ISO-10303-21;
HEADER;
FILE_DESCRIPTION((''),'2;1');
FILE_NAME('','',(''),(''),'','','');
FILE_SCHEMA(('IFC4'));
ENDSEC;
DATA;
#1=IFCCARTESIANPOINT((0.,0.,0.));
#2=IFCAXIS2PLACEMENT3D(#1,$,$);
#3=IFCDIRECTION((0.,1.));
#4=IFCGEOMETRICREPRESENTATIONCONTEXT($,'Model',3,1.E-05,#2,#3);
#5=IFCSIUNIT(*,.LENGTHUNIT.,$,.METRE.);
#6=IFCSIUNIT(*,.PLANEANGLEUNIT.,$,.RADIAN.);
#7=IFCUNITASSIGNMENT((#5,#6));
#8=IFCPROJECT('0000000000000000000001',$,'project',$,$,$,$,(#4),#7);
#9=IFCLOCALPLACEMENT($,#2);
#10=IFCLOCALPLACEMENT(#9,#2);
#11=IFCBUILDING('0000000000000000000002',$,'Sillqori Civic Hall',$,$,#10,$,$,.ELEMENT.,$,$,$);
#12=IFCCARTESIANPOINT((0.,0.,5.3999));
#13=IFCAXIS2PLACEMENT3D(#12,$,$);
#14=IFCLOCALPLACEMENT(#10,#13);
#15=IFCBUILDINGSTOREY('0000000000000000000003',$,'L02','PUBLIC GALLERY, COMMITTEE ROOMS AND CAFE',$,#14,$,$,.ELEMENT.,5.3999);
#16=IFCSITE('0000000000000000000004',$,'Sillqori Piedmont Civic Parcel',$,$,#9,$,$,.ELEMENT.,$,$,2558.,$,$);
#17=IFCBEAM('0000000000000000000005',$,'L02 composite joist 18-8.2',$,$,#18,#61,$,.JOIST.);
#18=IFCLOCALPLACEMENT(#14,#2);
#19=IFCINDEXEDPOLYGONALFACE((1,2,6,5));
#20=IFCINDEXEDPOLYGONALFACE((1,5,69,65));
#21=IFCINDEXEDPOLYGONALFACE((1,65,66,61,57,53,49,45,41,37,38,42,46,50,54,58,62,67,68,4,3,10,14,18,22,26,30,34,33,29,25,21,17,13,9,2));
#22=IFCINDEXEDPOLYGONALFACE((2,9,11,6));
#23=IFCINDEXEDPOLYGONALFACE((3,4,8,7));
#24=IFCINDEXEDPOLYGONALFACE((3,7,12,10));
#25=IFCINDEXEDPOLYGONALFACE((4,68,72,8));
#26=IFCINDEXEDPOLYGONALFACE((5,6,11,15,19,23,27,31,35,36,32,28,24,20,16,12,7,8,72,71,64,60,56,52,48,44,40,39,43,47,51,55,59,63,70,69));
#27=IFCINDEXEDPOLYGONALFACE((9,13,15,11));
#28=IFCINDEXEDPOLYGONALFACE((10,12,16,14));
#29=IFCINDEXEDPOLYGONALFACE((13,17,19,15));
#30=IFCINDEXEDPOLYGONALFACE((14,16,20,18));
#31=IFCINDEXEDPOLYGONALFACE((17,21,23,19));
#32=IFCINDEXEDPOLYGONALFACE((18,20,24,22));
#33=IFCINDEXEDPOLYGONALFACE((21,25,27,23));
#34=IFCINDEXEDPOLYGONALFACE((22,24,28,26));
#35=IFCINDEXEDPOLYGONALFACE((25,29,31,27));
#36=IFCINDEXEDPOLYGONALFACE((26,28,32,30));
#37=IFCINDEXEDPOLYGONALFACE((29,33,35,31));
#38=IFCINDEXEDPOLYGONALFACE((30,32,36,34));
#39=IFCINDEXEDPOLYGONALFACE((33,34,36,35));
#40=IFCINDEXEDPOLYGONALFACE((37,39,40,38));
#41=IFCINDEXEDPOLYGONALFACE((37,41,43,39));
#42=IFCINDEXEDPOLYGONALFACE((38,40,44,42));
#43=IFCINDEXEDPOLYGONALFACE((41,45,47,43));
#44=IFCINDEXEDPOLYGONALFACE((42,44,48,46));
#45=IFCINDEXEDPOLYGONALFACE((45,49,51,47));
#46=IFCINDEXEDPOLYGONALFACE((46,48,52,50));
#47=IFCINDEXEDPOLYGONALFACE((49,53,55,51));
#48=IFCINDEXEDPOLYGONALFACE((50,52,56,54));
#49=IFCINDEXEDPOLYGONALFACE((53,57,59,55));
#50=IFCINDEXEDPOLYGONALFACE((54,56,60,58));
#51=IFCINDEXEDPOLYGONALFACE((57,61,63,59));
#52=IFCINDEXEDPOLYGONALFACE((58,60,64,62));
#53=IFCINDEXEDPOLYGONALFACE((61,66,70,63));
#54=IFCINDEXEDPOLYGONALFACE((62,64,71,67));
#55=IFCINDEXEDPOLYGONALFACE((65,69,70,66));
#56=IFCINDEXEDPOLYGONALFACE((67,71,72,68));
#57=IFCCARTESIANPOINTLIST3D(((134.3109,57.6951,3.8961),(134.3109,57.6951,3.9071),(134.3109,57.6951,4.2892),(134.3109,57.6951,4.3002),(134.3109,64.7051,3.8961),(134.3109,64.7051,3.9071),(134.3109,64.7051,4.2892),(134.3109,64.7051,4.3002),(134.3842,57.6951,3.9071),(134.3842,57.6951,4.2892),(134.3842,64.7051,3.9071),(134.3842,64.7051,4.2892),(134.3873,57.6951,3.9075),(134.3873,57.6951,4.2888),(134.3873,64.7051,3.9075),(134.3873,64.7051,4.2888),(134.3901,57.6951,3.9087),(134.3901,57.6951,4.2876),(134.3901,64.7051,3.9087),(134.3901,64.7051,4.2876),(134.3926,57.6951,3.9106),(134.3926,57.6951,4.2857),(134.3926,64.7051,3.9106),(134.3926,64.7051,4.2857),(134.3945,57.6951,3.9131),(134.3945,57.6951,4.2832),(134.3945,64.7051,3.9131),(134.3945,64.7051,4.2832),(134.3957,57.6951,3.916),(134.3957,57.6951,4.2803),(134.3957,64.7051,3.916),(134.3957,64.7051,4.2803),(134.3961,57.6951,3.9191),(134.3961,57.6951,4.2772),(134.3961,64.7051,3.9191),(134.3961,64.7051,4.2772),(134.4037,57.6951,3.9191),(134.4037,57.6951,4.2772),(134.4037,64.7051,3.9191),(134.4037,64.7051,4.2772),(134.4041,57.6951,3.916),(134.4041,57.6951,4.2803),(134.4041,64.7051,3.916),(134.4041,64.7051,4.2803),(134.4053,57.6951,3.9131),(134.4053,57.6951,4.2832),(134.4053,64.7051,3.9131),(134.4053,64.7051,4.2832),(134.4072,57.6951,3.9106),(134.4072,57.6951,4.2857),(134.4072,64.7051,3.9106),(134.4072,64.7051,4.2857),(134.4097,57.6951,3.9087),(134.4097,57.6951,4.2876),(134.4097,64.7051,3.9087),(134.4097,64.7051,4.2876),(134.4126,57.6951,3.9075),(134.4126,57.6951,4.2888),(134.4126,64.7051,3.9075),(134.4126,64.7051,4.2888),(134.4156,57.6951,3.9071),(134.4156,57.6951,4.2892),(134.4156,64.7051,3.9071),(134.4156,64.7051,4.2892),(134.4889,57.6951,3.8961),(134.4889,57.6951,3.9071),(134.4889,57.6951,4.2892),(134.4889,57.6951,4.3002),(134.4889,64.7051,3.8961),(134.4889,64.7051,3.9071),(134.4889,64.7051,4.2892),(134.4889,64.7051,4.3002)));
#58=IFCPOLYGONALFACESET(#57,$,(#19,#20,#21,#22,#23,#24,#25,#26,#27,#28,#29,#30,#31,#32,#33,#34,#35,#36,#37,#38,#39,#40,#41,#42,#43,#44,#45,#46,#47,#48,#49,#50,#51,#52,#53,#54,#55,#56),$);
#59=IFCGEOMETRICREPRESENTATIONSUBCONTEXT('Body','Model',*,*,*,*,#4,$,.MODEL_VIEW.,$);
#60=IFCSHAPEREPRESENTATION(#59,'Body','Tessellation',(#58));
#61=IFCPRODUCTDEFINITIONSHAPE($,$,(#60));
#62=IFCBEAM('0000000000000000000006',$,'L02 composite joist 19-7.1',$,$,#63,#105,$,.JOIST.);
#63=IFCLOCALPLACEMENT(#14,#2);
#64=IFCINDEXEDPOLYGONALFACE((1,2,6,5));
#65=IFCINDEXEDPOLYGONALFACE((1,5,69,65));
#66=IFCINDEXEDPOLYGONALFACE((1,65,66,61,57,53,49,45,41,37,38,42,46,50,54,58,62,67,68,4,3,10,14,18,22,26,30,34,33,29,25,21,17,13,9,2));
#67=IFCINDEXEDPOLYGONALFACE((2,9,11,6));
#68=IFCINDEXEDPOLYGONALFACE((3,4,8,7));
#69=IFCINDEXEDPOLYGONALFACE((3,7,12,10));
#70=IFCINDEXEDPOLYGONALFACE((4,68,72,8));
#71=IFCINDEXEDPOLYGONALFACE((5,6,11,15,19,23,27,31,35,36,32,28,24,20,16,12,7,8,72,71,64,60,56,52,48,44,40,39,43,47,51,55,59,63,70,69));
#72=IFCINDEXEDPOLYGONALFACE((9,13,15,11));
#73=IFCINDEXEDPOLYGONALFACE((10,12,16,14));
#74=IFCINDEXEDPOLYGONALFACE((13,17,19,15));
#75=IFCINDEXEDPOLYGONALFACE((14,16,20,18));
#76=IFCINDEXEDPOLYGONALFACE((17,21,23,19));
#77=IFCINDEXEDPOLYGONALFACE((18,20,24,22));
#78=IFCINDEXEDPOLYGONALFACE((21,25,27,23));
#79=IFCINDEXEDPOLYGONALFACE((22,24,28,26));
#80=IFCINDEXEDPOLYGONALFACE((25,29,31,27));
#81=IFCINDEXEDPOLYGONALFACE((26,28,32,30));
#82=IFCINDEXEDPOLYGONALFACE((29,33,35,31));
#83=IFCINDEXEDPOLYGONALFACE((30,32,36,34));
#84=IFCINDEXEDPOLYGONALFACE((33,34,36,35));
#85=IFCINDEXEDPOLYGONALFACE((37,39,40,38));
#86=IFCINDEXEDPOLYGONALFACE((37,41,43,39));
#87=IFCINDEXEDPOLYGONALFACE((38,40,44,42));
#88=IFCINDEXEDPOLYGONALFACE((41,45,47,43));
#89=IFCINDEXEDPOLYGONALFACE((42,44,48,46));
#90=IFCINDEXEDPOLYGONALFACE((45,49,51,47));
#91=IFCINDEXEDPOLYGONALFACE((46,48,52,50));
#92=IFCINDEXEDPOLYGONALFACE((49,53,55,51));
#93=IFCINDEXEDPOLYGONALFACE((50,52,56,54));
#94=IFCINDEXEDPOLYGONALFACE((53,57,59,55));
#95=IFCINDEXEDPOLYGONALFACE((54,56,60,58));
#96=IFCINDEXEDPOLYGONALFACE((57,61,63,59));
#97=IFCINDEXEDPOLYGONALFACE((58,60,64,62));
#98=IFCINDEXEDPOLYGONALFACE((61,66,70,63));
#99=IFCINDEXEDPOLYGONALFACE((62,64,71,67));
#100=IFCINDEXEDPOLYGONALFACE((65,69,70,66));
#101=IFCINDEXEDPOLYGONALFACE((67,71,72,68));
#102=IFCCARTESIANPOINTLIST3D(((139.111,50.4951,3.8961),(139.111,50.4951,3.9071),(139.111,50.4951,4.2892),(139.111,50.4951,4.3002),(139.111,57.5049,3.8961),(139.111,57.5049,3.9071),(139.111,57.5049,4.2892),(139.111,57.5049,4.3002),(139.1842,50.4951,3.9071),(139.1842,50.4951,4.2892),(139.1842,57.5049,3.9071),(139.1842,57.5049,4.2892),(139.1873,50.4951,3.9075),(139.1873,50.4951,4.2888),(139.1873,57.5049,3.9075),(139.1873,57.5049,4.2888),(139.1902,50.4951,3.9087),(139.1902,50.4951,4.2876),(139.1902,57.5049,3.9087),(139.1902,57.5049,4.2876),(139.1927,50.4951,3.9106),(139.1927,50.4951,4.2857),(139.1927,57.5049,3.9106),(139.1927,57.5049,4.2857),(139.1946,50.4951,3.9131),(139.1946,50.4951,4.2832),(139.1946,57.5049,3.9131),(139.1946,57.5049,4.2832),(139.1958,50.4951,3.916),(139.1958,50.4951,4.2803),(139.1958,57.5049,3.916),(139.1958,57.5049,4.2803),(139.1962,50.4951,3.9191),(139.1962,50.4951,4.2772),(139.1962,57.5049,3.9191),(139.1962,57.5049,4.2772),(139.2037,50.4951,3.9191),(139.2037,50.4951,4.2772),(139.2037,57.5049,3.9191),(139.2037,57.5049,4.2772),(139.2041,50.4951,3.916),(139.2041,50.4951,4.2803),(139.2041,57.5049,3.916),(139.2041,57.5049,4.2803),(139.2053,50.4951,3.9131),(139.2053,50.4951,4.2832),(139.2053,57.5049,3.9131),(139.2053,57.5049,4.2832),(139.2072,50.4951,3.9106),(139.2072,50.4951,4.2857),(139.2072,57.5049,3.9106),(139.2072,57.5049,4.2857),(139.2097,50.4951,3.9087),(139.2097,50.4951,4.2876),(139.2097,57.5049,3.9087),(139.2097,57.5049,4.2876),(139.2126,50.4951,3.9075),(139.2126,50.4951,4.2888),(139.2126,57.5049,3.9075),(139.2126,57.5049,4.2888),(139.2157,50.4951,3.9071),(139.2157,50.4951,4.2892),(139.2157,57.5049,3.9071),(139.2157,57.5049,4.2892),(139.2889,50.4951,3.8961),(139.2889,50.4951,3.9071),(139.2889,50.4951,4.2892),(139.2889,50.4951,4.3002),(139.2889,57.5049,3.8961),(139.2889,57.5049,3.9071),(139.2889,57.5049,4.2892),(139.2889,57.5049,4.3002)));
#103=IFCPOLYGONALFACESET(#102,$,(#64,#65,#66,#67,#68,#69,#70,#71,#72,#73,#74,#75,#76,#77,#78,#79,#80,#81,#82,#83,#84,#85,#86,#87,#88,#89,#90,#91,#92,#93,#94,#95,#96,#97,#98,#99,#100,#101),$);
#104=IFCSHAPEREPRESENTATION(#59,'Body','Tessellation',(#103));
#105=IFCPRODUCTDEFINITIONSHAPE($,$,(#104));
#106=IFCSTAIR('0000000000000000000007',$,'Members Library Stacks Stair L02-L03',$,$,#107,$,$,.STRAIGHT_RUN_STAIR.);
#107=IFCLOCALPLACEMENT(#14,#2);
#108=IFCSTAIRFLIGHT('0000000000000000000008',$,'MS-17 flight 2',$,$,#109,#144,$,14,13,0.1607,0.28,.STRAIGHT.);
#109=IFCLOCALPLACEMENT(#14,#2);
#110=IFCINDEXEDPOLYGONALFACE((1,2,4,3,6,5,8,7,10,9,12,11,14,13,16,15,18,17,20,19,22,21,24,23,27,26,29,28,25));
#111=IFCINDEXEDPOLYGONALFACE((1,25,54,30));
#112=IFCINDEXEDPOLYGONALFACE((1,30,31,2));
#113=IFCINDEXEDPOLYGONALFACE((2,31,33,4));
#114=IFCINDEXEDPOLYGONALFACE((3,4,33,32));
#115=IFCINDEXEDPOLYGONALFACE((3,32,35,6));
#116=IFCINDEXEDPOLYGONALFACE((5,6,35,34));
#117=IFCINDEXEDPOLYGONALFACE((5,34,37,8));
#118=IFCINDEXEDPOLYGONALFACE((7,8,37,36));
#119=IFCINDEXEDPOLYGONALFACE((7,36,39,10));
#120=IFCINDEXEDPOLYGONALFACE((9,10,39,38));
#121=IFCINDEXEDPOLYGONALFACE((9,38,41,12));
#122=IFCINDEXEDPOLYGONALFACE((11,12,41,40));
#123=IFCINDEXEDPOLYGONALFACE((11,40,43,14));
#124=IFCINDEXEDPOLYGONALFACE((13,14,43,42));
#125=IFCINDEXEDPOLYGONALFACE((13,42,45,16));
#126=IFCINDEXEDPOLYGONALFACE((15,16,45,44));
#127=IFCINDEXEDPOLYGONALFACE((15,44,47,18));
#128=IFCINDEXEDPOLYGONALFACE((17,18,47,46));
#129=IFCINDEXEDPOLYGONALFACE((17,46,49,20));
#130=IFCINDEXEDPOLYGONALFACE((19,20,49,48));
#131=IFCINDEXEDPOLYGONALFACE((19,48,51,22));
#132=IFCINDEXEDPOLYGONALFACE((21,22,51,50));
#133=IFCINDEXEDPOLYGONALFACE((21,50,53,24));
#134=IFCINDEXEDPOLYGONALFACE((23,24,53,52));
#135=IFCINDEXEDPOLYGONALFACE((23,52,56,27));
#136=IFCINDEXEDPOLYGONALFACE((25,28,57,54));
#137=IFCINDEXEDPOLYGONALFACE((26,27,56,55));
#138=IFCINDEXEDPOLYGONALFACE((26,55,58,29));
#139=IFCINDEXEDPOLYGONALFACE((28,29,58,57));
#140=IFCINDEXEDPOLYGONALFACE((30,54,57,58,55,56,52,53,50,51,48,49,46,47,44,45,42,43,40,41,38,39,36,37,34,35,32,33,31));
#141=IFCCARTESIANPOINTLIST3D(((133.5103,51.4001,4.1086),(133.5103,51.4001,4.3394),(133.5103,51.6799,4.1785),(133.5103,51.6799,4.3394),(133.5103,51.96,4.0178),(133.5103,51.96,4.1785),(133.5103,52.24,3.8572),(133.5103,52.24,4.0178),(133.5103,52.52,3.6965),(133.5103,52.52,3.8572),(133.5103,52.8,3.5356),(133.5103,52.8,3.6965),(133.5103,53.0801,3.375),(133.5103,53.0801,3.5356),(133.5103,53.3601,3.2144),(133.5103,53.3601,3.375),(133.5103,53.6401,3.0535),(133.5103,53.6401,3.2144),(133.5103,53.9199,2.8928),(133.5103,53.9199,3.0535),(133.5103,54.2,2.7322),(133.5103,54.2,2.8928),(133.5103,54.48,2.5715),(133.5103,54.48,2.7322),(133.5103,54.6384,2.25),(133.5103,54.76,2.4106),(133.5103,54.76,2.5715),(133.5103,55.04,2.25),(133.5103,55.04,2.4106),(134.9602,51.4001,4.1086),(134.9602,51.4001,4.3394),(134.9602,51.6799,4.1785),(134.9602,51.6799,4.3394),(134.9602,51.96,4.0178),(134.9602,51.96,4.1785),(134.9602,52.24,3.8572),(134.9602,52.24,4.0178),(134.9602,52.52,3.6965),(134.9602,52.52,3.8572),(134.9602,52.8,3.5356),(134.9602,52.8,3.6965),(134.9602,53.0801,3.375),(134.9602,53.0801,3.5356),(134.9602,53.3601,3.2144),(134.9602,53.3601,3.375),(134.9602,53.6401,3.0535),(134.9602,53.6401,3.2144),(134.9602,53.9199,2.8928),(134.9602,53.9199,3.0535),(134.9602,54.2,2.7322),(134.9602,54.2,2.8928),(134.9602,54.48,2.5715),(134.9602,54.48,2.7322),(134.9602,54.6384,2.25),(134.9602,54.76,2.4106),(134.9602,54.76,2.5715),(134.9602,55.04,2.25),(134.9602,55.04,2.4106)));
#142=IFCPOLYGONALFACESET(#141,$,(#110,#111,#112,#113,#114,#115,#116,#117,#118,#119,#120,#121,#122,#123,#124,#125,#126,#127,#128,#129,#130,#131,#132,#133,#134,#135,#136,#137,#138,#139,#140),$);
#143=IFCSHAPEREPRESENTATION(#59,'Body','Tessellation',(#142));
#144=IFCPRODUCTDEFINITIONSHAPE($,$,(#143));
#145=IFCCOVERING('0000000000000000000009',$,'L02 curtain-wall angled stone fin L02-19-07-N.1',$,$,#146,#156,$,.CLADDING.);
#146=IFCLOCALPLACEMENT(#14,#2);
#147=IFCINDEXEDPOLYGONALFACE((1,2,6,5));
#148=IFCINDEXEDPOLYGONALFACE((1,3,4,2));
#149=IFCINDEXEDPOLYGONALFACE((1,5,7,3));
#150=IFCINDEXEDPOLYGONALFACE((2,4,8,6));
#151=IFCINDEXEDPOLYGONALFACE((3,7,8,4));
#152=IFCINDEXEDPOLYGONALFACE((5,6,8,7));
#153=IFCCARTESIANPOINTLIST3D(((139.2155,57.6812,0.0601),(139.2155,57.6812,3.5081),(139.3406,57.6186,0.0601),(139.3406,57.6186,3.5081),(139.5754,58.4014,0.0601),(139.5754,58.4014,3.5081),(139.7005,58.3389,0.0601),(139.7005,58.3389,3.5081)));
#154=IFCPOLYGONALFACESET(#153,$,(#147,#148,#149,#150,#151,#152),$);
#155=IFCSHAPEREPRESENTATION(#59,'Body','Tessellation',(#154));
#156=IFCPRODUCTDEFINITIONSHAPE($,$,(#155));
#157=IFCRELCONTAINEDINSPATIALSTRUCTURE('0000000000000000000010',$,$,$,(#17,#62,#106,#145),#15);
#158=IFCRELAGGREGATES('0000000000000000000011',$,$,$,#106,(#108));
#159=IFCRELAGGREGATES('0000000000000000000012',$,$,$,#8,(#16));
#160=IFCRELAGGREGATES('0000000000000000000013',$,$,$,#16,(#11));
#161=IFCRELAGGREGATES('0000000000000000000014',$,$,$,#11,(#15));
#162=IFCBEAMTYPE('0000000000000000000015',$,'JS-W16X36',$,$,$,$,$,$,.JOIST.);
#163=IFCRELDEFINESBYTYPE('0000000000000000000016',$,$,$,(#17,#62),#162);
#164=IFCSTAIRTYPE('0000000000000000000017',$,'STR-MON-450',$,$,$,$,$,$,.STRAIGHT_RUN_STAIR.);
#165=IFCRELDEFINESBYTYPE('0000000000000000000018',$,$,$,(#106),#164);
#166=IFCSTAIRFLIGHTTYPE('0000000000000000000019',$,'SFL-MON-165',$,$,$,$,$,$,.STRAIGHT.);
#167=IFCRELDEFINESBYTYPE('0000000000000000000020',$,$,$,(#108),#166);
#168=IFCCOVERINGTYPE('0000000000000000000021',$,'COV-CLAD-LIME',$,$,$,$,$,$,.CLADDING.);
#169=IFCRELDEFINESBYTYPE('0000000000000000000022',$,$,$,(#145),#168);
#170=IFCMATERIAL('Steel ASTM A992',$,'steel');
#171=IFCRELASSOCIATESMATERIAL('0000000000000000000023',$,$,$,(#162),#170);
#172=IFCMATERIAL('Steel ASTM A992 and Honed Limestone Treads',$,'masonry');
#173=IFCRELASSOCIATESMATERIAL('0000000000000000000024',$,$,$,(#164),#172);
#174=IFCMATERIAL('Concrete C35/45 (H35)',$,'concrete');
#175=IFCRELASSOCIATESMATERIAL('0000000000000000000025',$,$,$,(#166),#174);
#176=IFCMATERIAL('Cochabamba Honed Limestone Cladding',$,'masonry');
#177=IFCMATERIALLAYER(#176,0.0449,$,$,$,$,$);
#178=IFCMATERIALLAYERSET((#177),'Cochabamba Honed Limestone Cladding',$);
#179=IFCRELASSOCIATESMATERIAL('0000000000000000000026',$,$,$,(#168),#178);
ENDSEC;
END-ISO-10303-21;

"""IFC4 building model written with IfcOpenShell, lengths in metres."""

from ifc_helpers import new_model, si_unit, direction, frame, frame_2d, origin, origin_2d, place, context, subcontext, project, spatial, polyline, rectangle, i_section, outline, extrude, material, layer, layer_set, material_profile, profile_set, type_object, element, aggregate, save


model = new_model("IFC4")

# Units and contexts
model_context = context("Model", 3, precision=1e-05, world=origin(), true_north=direction((0.0, 1.0)))
body_context = subcontext(model_context, "Body", "Model", "MODEL_VIEW")
ifc_project = project(units=[si_unit("LENGTHUNIT", "METRE"), si_unit("PLANEANGLEUNIT", "RADIAN")], contexts=[model_context])

# Site, building, storey
site_placement = place(None, origin())
site = spatial("IfcSite", under=ifc_project, at=site_placement, Name="Sillqori Piedmont Civic Parcel", CompositionType="ELEMENT", RefElevation=2558.0)
building_placement = place(site_placement, origin())
building = spatial("IfcBuilding", under=site, at=building_placement, Name="Sillqori Civic Hall", CompositionType="ELEMENT")
storey_placement = place(building_placement, frame((0.0, 0.0, 5.3999)))
storey = spatial("IfcBuildingStorey", under=building, at=storey_placement, Name="L02", Description="PUBLIC GALLERY, COMMITTEE ROOMS AND CAFE", CompositionType="ELEMENT", Elevation=5.3999)

# Shared definitions
ifc_material_1 = material(Name="Concrete C35/45 (H35)", Category="concrete")

# Beams
ifc_material_2 = material(Name="Steel ASTM A992", Category="steel")
ifc_material_profile_1 = material_profile(ifc_material_2, i_section(OverallWidth=0.178, OverallDepth=0.4041, WebThickness=0.0076, FlangeThickness=0.011, FilletRadius=0.012, at=origin_2d()), Name="W16X36")
ifc_profile_set_1 = profile_set([ifc_material_profile_1], Name="Steel ASTM A992")
beam_type_1 = type_object("IfcBeamType", Name="JS-W16X36", PredefinedType="JOIST", material=ifc_profile_set_1)
beam_1_placement = place(storey_placement, frame((134.3999, 57.6951, 4.0981), z_axis=(0.0, 1.0, 0.0), x_axis=(-1.0, 0.0, 0.0)))
element("IfcBeam", 1, at=beam_1_placement, inside=storey, type_object=beam_type_1, Name="L02 composite joist 18-8.2", PredefinedType="JOIST", context=body_context, shape_type="SweptSolid", body=[
    extrude(i_section(OverallWidth=0.178, OverallDepth=0.4041, WebThickness=0.0076, FlangeThickness=0.011, FilletRadius=0.012, at=origin_2d()), origin(), (0.0, 0.0, 1.0), 7.01),
])
beam_2_placement = place(storey_placement, frame((139.2, 50.4951, 4.0981), z_axis=(0.0, 1.0, 0.0), x_axis=(-1.0, 0.0, 0.0)))
element("IfcBeam", 2, at=beam_2_placement, inside=storey, type_object=beam_type_1, Name="L02 composite joist 19-7.1", PredefinedType="JOIST", context=body_context, shape_type="SweptSolid", body=[
    extrude(i_section(OverallWidth=0.178, OverallDepth=0.4041, WebThickness=0.0076, FlangeThickness=0.011, FilletRadius=0.012, at=origin_2d()), origin(), (0.0, 0.0, 1.0), 7.0098),
])

# Stair, stair flight
ifc_material_3 = material(Name="Steel ASTM A992 and Honed Limestone Treads", Category="masonry")
stair_type = type_object("IfcStairType", Name="STR-MON-450", PredefinedType="STRAIGHT_RUN_STAIR", material=ifc_material_3)
stair_placement = place(storey_placement, origin())
stair = element("IfcStair", 3, at=stair_placement, inside=storey, type_object=stair_type, Name="Members Library Stacks Stair L02-L03", PredefinedType="STRAIGHT_RUN_STAIR")
stair_flight_type = type_object("IfcStairFlightType", Name="SFL-MON-165", PredefinedType="STRAIGHT", material=ifc_material_1)
stair_flight_placement = place(storey_placement, frame((134.2351, 55.04, 2.25), z_axis=(0.0, 0.0, 1.0), x_axis=(0.0, -1.0, 0.0)))
stair_flight = element("IfcStairFlight", 4, at=stair_flight_placement, type_object=stair_flight_type, Name="MS-17 flight 2", NumberOfRisers=14, NumberOfTreads=13, PredefinedType="STRAIGHT", RiserHeight=0.1607, TreadLength=0.28, context=body_context, shape_type="SweptSolid", body=[
    extrude(outline(polyline([(0.0, 0.0), (0.0, 0.1606), (0.28, 0.1606), (0.28, 0.3215), (0.5601, 0.3215), (0.5601, 0.4822), (0.8401, 0.4822), (0.8401, 0.6428), (1.1201, 0.6428), (1.1201, 0.8035), (1.3999, 0.8035), (1.3999, 0.9644), (1.6799, 0.9644), (1.6799, 1.125), (1.96, 1.125), (1.96, 1.2856), (2.24, 1.2856), (2.24, 1.4465), (2.52, 1.4465), (2.52, 1.6072), (2.8, 1.6072), (2.8, 1.7678), (3.0801, 1.7678), (3.0801, 1.9285), (3.3601, 1.9285), (3.3601, 2.0894), (3.6399, 2.0894), (3.6399, 2.25), (3.6399, 1.8586), (0.4016, 0.0), (0.0, 0.0)])), frame((0.0, 0.7251, 0.0), z_axis=(0.0, -1.0, 0.0), x_axis=(1.0, 0.0, 0.0)), (0.0, 0.0, 1.0), 1.45),
])
aggregate(stair, [stair_flight])

# Covering
ifc_material_4 = material(Name="Cochabamba Honed Limestone Cladding", Category="masonry")
ifc_layer_1 = layer(ifc_material_4, 0.0449)
ifc_layer_set_1 = layer_set([ifc_layer_1], Name="Cochabamba Honed Limestone Cladding")
covering_type = type_object("IfcCoveringType", Name="COV-CLAD-LIME", PredefinedType="CLADDING", material=ifc_layer_set_1)
covering_placement = place(storey_placement, frame((139.2781, 57.6499, 0.0601), z_axis=(0.0, 0.0, 1.0), x_axis=(0.446971, 0.894548, 0.0)))
element("IfcCovering", 5, at=covering_placement, inside=storey, type_object=covering_type, Name="L02 curtain-wall angled stone fin L02-19-07-N.1", PredefinedType="CLADDING", context=body_context, shape_type="SweptSolid", body=[
    extrude(rectangle(XDim=0.8052, YDim=0.1399, at=frame_2d((0.4026, 0.0))), origin(), (0.0, 0.0, 1.0), 3.448),
])

save(model, "model.ifc")
